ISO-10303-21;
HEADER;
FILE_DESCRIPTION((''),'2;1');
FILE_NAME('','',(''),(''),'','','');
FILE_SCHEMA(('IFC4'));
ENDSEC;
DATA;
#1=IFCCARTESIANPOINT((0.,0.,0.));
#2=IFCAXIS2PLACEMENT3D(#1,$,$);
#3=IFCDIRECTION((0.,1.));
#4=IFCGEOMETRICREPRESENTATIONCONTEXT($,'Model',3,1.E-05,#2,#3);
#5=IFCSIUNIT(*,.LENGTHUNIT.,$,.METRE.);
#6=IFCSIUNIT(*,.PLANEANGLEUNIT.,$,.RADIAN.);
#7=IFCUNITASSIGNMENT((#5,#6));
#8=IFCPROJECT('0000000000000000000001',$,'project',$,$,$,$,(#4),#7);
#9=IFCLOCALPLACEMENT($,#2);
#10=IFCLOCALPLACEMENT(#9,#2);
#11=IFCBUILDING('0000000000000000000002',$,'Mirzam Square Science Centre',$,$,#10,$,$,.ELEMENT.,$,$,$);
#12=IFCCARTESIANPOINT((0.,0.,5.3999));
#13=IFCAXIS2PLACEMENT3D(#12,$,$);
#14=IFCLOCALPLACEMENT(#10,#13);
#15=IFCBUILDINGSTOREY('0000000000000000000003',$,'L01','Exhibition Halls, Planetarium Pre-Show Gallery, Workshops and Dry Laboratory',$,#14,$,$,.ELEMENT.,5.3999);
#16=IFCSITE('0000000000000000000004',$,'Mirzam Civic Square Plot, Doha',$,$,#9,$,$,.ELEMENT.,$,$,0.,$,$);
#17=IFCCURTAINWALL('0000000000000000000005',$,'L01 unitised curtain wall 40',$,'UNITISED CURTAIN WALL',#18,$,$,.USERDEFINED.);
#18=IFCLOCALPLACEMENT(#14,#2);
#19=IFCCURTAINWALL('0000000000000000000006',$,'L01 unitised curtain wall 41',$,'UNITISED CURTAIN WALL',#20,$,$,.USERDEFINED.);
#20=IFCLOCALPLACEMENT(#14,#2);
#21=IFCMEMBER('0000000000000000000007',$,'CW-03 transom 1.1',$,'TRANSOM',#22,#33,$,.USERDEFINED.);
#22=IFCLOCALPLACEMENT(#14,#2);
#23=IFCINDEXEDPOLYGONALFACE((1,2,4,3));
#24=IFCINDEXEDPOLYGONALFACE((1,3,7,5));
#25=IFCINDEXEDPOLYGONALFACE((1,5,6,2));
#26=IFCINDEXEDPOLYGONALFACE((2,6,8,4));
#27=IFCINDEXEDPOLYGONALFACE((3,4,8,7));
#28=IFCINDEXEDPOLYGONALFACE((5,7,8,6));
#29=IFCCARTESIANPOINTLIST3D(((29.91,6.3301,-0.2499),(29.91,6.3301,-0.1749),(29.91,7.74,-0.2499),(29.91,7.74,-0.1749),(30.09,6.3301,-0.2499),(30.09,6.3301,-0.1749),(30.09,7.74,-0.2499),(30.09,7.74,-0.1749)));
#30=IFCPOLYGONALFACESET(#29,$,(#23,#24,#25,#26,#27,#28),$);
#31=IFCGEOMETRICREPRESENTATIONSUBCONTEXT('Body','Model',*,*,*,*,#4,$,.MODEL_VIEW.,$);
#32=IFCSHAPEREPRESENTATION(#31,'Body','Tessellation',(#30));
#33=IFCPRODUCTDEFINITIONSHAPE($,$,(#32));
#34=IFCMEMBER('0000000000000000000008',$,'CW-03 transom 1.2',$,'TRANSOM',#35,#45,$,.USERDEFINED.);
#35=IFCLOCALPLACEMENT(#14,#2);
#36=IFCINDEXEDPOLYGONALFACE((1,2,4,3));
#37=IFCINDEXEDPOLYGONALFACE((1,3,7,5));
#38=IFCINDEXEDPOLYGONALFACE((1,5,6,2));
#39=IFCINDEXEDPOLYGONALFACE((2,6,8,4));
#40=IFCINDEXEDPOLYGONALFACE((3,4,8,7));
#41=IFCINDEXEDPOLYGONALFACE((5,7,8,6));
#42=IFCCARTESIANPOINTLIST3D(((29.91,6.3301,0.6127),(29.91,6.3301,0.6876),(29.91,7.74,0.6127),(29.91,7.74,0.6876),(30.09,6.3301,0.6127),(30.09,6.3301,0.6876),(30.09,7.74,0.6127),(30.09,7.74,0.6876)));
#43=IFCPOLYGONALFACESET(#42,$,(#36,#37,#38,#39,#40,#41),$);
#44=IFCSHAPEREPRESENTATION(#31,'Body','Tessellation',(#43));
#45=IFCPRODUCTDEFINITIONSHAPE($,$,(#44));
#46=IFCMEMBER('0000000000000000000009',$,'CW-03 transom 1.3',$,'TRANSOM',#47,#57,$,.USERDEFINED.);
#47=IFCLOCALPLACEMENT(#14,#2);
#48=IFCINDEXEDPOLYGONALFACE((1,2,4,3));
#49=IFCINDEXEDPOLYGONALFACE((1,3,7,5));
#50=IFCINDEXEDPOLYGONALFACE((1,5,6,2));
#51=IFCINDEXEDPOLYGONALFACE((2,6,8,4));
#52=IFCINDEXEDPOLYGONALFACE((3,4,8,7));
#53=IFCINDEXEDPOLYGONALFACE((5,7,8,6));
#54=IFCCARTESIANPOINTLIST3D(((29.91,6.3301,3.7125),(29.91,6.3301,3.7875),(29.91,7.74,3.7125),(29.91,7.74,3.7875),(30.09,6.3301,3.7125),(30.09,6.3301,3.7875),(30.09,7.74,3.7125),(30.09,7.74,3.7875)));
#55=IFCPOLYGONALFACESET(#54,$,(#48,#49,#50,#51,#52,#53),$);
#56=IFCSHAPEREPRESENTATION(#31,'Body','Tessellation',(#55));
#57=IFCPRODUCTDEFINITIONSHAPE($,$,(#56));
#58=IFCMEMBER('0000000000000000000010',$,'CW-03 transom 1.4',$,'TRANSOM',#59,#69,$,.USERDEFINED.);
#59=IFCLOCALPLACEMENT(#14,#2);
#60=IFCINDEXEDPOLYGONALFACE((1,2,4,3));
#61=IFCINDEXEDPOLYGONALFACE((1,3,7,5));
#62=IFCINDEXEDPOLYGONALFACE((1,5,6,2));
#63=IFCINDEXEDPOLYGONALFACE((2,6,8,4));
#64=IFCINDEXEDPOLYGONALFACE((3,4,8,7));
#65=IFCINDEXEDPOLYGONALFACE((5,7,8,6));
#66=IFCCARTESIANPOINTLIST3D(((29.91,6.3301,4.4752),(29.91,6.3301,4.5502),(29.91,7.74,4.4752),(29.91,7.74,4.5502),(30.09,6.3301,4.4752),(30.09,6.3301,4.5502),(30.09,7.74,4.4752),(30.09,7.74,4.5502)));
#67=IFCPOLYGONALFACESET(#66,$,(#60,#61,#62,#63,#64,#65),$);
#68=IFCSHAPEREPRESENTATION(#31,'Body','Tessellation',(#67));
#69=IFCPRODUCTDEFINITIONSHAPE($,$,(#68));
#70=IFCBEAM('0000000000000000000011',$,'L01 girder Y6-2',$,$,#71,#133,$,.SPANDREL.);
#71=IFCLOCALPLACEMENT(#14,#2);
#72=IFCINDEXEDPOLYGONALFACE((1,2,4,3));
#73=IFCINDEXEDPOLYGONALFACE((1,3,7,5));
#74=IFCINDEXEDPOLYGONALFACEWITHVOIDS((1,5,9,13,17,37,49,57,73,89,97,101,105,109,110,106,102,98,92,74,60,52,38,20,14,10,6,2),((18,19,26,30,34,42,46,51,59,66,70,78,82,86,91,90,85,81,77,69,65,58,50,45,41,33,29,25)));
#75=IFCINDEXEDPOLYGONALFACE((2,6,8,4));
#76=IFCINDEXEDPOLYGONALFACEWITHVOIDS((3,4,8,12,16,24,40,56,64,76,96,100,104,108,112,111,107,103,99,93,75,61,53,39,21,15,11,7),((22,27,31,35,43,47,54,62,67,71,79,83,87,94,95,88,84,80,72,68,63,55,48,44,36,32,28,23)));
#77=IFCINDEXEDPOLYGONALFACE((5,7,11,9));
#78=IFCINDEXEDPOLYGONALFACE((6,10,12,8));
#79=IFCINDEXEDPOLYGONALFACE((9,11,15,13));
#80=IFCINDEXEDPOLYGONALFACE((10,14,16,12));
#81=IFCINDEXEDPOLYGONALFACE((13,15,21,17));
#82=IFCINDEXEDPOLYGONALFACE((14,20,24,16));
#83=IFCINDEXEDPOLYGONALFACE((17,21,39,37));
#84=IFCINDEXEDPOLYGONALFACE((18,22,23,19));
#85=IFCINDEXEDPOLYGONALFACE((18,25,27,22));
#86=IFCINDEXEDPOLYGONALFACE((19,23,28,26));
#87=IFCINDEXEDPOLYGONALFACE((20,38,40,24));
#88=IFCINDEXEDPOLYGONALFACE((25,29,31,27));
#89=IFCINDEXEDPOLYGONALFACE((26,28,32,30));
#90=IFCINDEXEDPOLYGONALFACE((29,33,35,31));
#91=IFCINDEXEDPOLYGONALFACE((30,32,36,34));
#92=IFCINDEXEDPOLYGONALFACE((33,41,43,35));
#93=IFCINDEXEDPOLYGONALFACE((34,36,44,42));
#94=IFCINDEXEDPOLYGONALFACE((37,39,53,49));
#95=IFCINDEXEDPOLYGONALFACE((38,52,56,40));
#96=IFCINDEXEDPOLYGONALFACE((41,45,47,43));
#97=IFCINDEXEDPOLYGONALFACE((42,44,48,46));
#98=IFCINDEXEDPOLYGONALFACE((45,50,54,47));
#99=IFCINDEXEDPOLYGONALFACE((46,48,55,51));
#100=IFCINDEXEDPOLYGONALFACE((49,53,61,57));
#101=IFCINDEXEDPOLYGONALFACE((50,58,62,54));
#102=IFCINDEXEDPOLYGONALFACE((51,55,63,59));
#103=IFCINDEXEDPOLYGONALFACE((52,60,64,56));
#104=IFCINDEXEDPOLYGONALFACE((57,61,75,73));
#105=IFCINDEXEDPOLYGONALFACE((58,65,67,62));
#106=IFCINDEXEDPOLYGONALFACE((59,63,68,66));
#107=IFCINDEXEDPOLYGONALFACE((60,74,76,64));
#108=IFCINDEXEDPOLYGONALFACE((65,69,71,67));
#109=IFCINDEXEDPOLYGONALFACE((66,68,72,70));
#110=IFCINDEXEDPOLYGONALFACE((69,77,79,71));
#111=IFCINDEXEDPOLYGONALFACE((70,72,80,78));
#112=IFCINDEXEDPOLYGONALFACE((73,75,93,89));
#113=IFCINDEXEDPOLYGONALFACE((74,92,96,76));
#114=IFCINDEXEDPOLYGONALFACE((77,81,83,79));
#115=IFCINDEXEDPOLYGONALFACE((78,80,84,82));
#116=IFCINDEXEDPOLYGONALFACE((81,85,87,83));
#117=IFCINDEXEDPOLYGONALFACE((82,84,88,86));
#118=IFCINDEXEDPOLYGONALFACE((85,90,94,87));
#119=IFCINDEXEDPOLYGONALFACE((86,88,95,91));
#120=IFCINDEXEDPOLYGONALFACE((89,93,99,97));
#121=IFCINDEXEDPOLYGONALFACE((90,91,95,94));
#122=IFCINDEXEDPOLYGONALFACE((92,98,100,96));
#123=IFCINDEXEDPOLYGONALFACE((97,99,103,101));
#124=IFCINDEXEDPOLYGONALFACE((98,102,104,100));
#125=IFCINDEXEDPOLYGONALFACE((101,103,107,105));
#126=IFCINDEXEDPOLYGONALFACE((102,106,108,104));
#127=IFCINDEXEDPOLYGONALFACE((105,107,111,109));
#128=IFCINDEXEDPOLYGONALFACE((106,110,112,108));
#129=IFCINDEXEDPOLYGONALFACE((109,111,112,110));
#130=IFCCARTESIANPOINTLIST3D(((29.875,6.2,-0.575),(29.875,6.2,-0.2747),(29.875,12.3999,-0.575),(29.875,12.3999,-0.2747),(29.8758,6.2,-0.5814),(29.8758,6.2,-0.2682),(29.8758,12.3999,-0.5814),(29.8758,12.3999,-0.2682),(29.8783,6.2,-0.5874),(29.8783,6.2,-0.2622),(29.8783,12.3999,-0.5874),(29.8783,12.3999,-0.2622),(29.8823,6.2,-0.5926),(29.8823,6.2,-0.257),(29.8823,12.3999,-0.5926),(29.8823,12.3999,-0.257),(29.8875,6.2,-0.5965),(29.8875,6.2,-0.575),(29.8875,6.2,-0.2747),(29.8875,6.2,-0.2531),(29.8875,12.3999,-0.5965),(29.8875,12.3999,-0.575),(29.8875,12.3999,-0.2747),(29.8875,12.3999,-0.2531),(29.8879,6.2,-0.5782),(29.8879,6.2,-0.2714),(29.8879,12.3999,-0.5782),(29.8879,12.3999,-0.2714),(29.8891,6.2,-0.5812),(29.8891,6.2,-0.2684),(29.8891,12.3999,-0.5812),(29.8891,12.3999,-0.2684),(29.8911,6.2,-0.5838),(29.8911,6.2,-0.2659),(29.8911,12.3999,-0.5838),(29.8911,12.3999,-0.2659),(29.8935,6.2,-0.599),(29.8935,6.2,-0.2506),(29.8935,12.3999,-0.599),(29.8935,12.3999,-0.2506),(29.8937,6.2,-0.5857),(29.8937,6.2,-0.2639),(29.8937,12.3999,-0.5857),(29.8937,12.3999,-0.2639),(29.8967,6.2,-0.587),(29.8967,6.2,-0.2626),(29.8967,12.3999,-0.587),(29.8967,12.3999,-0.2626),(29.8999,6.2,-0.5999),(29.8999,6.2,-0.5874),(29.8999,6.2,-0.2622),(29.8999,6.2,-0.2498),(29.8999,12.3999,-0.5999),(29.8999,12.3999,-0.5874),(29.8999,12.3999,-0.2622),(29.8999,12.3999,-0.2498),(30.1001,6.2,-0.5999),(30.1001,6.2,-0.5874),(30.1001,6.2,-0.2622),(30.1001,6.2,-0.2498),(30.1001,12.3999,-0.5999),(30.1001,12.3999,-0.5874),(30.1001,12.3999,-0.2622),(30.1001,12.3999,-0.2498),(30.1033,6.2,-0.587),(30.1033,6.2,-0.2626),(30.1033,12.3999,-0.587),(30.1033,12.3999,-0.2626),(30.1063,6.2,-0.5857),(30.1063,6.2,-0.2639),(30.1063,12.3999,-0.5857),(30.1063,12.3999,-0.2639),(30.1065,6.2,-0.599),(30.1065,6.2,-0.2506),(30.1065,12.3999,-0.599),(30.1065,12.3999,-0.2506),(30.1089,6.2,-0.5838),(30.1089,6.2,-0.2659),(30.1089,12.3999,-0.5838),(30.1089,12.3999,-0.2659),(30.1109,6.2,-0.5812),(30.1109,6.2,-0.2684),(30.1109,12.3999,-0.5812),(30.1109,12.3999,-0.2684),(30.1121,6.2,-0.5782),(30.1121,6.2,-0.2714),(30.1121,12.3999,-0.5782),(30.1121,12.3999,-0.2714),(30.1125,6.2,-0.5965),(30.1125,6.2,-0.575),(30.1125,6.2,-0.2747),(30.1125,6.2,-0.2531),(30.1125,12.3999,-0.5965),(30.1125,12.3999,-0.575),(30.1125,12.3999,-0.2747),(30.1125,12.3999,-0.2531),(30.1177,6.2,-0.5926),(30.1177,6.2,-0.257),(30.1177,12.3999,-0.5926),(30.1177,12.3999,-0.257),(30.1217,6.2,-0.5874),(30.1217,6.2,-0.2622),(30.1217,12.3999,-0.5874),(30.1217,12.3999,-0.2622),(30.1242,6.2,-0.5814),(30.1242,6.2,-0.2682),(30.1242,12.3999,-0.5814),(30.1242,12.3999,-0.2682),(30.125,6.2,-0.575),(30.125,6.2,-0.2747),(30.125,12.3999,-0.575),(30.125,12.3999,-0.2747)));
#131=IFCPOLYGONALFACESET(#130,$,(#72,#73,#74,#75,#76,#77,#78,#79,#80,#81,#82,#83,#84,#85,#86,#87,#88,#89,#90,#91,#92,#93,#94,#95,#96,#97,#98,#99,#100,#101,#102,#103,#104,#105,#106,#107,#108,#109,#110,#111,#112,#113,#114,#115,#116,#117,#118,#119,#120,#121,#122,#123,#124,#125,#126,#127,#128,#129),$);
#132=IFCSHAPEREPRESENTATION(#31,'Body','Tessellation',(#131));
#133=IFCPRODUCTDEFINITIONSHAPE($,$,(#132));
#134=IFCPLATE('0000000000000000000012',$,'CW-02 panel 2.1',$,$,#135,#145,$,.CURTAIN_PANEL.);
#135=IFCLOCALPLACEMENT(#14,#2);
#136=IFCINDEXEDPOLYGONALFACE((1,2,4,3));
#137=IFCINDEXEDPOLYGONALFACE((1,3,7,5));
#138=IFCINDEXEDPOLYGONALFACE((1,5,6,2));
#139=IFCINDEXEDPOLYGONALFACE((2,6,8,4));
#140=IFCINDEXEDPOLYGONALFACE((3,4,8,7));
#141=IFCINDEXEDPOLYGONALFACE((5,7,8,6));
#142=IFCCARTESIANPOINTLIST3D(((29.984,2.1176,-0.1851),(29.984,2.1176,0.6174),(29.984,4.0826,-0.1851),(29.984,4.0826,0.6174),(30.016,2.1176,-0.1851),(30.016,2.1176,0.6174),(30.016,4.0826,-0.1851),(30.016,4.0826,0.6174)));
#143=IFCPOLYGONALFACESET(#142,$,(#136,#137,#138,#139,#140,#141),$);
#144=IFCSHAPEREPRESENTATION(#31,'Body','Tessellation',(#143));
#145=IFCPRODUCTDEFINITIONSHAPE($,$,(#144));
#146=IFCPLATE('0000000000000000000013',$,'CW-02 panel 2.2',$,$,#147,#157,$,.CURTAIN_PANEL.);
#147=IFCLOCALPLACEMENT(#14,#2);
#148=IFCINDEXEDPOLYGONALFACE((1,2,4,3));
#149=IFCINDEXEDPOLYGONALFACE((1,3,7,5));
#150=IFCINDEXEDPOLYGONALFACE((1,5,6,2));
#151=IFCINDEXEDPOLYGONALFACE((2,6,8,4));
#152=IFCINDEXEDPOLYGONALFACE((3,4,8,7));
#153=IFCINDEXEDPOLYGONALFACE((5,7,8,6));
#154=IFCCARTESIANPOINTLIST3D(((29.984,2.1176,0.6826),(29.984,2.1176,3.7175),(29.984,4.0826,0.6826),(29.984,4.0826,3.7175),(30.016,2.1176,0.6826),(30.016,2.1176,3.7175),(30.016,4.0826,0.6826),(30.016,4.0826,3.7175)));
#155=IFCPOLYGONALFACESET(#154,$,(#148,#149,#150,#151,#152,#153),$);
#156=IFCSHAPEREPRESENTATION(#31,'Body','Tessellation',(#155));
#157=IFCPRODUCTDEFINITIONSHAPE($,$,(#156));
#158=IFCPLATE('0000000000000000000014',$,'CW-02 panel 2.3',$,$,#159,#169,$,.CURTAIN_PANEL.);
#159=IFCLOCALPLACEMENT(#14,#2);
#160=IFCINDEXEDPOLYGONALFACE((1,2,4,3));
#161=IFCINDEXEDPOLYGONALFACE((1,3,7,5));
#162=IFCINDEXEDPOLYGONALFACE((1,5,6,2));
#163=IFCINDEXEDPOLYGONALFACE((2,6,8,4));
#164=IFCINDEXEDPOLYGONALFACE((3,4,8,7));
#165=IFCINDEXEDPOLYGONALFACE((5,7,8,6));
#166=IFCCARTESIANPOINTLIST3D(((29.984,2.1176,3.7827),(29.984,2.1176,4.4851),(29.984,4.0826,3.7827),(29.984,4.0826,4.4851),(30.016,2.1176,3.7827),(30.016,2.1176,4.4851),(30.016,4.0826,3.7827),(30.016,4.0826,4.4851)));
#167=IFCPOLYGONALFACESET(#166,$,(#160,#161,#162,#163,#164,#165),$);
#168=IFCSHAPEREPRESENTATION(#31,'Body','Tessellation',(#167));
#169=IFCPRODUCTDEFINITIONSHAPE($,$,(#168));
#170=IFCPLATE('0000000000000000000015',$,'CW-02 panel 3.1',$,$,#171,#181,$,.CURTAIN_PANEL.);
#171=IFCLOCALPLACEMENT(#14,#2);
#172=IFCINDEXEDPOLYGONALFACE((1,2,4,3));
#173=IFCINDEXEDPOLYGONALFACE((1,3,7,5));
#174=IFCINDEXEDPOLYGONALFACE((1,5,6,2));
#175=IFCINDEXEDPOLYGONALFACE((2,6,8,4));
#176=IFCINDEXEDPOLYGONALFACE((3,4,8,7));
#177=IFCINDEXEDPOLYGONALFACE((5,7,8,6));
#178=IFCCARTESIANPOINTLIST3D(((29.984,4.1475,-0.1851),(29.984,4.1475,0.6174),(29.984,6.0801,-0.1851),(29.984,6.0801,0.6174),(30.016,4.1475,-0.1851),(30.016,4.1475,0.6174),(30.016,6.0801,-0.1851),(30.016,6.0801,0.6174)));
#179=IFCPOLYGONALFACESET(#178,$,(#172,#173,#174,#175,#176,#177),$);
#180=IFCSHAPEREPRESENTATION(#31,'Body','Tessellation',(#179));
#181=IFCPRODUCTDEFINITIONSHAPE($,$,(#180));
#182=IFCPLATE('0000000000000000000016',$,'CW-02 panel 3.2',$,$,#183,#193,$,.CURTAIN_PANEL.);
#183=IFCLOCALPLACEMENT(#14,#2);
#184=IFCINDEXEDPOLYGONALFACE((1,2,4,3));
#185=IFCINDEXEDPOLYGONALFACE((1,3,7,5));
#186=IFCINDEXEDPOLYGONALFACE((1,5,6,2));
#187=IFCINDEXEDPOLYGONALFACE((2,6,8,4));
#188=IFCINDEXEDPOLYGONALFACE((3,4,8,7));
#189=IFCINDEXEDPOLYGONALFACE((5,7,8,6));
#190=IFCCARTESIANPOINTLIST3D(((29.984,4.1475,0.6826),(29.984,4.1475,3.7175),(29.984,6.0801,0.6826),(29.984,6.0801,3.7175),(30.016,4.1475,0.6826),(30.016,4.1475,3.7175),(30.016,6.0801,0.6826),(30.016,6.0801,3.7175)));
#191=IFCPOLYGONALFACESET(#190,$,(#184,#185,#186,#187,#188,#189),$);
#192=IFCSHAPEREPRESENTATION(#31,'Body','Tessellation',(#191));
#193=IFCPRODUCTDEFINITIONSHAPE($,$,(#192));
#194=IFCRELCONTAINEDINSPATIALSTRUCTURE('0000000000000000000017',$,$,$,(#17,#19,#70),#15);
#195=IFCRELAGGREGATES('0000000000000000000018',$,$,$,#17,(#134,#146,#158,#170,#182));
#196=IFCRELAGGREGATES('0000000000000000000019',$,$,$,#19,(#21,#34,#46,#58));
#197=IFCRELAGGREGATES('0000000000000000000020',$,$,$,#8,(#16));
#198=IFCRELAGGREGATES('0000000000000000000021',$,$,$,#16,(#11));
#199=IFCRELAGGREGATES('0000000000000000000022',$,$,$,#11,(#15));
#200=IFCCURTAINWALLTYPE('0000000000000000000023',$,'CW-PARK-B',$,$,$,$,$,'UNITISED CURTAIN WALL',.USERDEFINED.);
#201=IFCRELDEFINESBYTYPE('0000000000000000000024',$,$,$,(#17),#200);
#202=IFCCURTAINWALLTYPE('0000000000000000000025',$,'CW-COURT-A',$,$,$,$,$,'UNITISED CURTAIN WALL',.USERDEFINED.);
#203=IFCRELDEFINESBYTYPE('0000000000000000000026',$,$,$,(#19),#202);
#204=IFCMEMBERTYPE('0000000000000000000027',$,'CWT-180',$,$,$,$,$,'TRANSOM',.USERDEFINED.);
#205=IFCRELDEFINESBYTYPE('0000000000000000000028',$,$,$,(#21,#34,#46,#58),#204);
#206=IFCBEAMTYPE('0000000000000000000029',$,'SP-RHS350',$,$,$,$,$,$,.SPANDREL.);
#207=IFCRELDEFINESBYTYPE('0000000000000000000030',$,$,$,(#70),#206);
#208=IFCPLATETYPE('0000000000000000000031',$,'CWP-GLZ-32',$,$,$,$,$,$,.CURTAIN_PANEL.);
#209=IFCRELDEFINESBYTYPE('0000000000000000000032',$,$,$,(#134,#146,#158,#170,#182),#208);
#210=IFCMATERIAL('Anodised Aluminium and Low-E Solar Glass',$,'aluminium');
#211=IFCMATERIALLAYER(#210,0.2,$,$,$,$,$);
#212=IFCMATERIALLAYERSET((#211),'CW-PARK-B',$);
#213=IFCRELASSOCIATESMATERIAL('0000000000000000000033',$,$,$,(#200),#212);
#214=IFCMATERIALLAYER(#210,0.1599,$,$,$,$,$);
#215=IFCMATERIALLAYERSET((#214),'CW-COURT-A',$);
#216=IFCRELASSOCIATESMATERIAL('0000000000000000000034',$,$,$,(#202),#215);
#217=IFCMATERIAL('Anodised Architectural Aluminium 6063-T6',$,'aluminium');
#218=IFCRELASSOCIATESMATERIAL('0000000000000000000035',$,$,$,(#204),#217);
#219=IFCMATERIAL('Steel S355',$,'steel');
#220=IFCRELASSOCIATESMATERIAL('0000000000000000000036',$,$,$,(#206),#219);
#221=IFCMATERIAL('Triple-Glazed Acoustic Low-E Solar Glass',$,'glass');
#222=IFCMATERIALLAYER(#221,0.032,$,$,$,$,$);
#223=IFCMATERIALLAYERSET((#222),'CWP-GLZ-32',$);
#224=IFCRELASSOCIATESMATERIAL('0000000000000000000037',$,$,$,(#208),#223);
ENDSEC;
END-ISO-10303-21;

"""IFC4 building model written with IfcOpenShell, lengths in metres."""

from ifc_helpers import new_model, si_unit, direction, frame, origin, origin_2d, place, context, subcontext, project, spatial, rectangle, hollow_rectangle, extrude, material, layer, layer_set, material_profile, profile_set, type_object, element, aggregate, save


model = new_model("IFC4")

# Units and contexts
model_context = context("Model", 3, precision=1e-05, world=origin(), true_north=direction((0.0, 1.0)))
body_context = subcontext(model_context, "Body", "Model", "MODEL_VIEW")
ifc_project = project(units=[si_unit("LENGTHUNIT", "METRE"), si_unit("PLANEANGLEUNIT", "RADIAN")], contexts=[model_context])

# Site, building, storey
site_placement = place(None, origin())
site = spatial("IfcSite", under=ifc_project, at=site_placement, Name="Mirzam Civic Square Plot, Doha", CompositionType="ELEMENT", RefElevation=0.0)
building_placement = place(site_placement, origin())
building = spatial("IfcBuilding", under=site, at=building_placement, Name="Mirzam Square Science Centre", CompositionType="ELEMENT")
storey_placement = place(building_placement, frame((0.0, 0.0, 5.3999)))
storey = spatial("IfcBuildingStorey", under=building, at=storey_placement, Name="L01", Description="Exhibition Halls, Planetarium Pre-Show Gallery, Workshops and Dry Laboratory", CompositionType="ELEMENT", Elevation=5.3999)

# Shared definitions
ifc_material_1 = material(Name="Steel S355", Category="steel")

# Curtain wall
ifc_material_2 = material(Name="Anodised Aluminium and Low-E Solar Glass", Category="aluminium")
ifc_layer_1 = layer(ifc_material_2, 0.2)
ifc_layer_set_1 = layer_set([ifc_layer_1], Name="CW-PARK-B")
curtain_wall_type_1 = type_object("IfcCurtainWallType", Name="CW-PARK-B", ElementType="UNITISED CURTAIN WALL", PredefinedType="USERDEFINED", material=ifc_layer_set_1)
curtain_wall_1_placement = place(storey_placement, origin())
curtain_wall_1 = element("IfcCurtainWall", 1, at=curtain_wall_1_placement, inside=storey, type_object=curtain_wall_type_1, Name="L01 unitised curtain wall 40", ObjectType="UNITISED CURTAIN WALL", PredefinedType="USERDEFINED")
ifc_material_3 = material(Name="Anodised Architectural Aluminium 6063-T6", Category="aluminium")

# Curtain wall
ifc_layer_2 = layer(ifc_material_2, 0.1599)
ifc_layer_set_2 = layer_set([ifc_layer_2], Name="CW-COURT-A")
curtain_wall_type_2 = type_object("IfcCurtainWallType", Name="CW-COURT-A", ElementType="UNITISED CURTAIN WALL", PredefinedType="USERDEFINED", material=ifc_layer_set_2)
curtain_wall_2_placement = place(storey_placement, origin())
curtain_wall_2 = element("IfcCurtainWall", 2, at=curtain_wall_2_placement, inside=storey, type_object=curtain_wall_type_2, Name="L01 unitised curtain wall 41", ObjectType="UNITISED CURTAIN WALL", PredefinedType="USERDEFINED")

# Members
ifc_material_profile_1 = material_profile(ifc_material_3, rectangle(XDim=0.1799, YDim=0.075, at=origin_2d()), Name="ALU-TRAN-180x75x5")
ifc_profile_set_1 = profile_set([ifc_material_profile_1], Name="Anodised Architectural Aluminium 6063-T6")
member_type_1 = type_object("IfcMemberType", Name="CWT-180", ElementType="TRANSOM", PredefinedType="USERDEFINED", material=ifc_profile_set_1)
member_1_placement = place(storey_placement, frame((30.0, 6.3301, -0.2124), z_axis=(0.0, 1.0, 0.0), x_axis=(-1.0, 0.0, 0.0)))
member_1 = element("IfcMember", 3, at=member_1_placement, type_object=member_type_1, Name="CW-03 transom 1.1", ObjectType="TRANSOM", PredefinedType="USERDEFINED", context=body_context, shape_type="SweptSolid", body=[
    extrude(rectangle(XDim=0.1799, YDim=0.075, at=origin_2d()), origin(), (0.0, 0.0, 1.0), 1.4099),
])
member_2_placement = place(storey_placement, frame((30.0, 6.3301, 0.6501), z_axis=(0.0, 1.0, 0.0), x_axis=(-1.0, 0.0, 0.0)))
member_2 = element("IfcMember", 4, at=member_2_placement, type_object=member_type_1, Name="CW-03 transom 1.2", ObjectType="TRANSOM", PredefinedType="USERDEFINED", context=body_context, shape_type="SweptSolid", body=[
    extrude(rectangle(XDim=0.1799, YDim=0.075, at=origin_2d()), origin(), (0.0, 0.0, 1.0), 1.4099),
])
member_3_placement = place(storey_placement, frame((30.0, 6.3301, 3.75), z_axis=(0.0, 1.0, 0.0), x_axis=(-1.0, 0.0, 0.0)))
member_3 = element("IfcMember", 5, at=member_3_placement, type_object=member_type_1, Name="CW-03 transom 1.3", ObjectType="TRANSOM", PredefinedType="USERDEFINED", context=body_context, shape_type="SweptSolid", body=[
    extrude(rectangle(XDim=0.1799, YDim=0.075, at=origin_2d()), origin(), (0.0, 0.0, 1.0), 1.4099),
])
member_4_placement = place(storey_placement, frame((30.0, 6.3301, 4.5127), z_axis=(0.0, 1.0, 0.0), x_axis=(-1.0, 0.0, 0.0)))
member_4 = element("IfcMember", 6, at=member_4_placement, type_object=member_type_1, Name="CW-03 transom 1.4", ObjectType="TRANSOM", PredefinedType="USERDEFINED", context=body_context, shape_type="SweptSolid", body=[
    extrude(rectangle(XDim=0.1799, YDim=0.075, at=origin_2d()), origin(), (0.0, 0.0, 1.0), 1.4099),
])

# Beam
ifc_material_profile_2 = material_profile(ifc_material_1, hollow_rectangle(XDim=0.25, YDim=0.3501, WallThickness=0.0125, InnerFilletRadius=0.0125, OuterFilletRadius=0.0249, at=origin_2d()), Name="350x250x12.5RHS")
ifc_profile_set_2 = profile_set([ifc_material_profile_2], Name="Steel S355")
beam_type = type_object("IfcBeamType", Name="SP-RHS350", PredefinedType="SPANDREL", material=ifc_profile_set_2)
beam_placement = place(storey_placement, frame((30.0, 6.2, -0.4248), z_axis=(0.0, 1.0, 0.0), x_axis=(-1.0, 0.0, 0.0)))
element("IfcBeam", 7, at=beam_placement, inside=storey, type_object=beam_type, Name="L01 girder Y6-2", PredefinedType="SPANDREL", context=body_context, shape_type="SweptSolid", body=[
    extrude(hollow_rectangle(XDim=0.25, YDim=0.3501, WallThickness=0.0125, InnerFilletRadius=0.0125, OuterFilletRadius=0.0249, at=origin_2d()), origin(), (0.0, 0.0, 1.0), 6.2),
])

# Plates
ifc_material_4 = material(Name="Triple-Glazed Acoustic Low-E Solar Glass", Category="glass")
ifc_layer_3 = layer(ifc_material_4, 0.032)
ifc_layer_set_3 = layer_set([ifc_layer_3], Name="CWP-GLZ-32")
plate_type_1 = type_object("IfcPlateType", Name="CWP-GLZ-32", PredefinedType="CURTAIN_PANEL", material=ifc_layer_set_3)
plate_1_placement = place(storey_placement, frame((30.0, 3.1001, -0.1851), z_axis=(0.0, 0.0, 1.0), x_axis=(0.0, 1.0, 0.0)))
plate_1 = element("IfcPlate", 8, at=plate_1_placement, type_object=plate_type_1, Name="CW-02 panel 2.1", PredefinedType="CURTAIN_PANEL", context=body_context, shape_type="SweptSolid", body=[
    extrude(rectangle(XDim=1.9651, YDim=0.032, at=origin_2d()), origin(), (0.0, 0.0, 1.0), 0.8025),
])
plate_2_placement = place(storey_placement, frame((30.0, 3.1001, 0.6826), z_axis=(0.0, 0.0, 1.0), x_axis=(0.0, 1.0, 0.0)))
plate_2 = element("IfcPlate", 9, at=plate_2_placement, type_object=plate_type_1, Name="CW-02 panel 2.2", PredefinedType="CURTAIN_PANEL", context=body_context, shape_type="SweptSolid", body=[
    extrude(rectangle(XDim=1.9651, YDim=0.032, at=origin_2d()), origin(), (0.0, 0.0, 1.0), 3.0349),
])
plate_3_placement = place(storey_placement, frame((30.0, 3.1001, 3.7827), z_axis=(0.0, 0.0, 1.0), x_axis=(0.0, 1.0, 0.0)))
plate_3 = element("IfcPlate", 10, at=plate_3_placement, type_object=plate_type_1, Name="CW-02 panel 2.3", PredefinedType="CURTAIN_PANEL", context=body_context, shape_type="SweptSolid", body=[
    extrude(rectangle(XDim=1.9651, YDim=0.032, at=origin_2d()), origin(), (0.0, 0.0, 1.0), 0.7024),
])
plate_4_placement = place(storey_placement, frame((30.0, 5.1138, -0.1851), z_axis=(0.0, 0.0, 1.0), x_axis=(0.0, 1.0, 0.0)))
plate_4 = element("IfcPlate", 11, at=plate_4_placement, type_object=plate_type_1, Name="CW-02 panel 3.1", PredefinedType="CURTAIN_PANEL", context=body_context, shape_type="SweptSolid", body=[
    extrude(rectangle(XDim=1.9326, YDim=0.032, at=origin_2d()), origin(), (0.0, 0.0, 1.0), 0.8025),
])
plate_5_placement = place(storey_placement, frame((30.0, 5.1138, 0.6826), z_axis=(0.0, 0.0, 1.0), x_axis=(0.0, 1.0, 0.0)))
plate_5 = element("IfcPlate", 12, at=plate_5_placement, type_object=plate_type_1, Name="CW-02 panel 3.2", PredefinedType="CURTAIN_PANEL", context=body_context, shape_type="SweptSolid", body=[
    extrude(rectangle(XDim=1.9326, YDim=0.032, at=origin_2d()), origin(), (0.0, 0.0, 1.0), 3.0349),
])
aggregate(curtain_wall_1, [plate_1, plate_2, plate_3, plate_4, plate_5])
aggregate(curtain_wall_2, [member_1, member_2, member_3, member_4])

save(model, "model.ifc")
